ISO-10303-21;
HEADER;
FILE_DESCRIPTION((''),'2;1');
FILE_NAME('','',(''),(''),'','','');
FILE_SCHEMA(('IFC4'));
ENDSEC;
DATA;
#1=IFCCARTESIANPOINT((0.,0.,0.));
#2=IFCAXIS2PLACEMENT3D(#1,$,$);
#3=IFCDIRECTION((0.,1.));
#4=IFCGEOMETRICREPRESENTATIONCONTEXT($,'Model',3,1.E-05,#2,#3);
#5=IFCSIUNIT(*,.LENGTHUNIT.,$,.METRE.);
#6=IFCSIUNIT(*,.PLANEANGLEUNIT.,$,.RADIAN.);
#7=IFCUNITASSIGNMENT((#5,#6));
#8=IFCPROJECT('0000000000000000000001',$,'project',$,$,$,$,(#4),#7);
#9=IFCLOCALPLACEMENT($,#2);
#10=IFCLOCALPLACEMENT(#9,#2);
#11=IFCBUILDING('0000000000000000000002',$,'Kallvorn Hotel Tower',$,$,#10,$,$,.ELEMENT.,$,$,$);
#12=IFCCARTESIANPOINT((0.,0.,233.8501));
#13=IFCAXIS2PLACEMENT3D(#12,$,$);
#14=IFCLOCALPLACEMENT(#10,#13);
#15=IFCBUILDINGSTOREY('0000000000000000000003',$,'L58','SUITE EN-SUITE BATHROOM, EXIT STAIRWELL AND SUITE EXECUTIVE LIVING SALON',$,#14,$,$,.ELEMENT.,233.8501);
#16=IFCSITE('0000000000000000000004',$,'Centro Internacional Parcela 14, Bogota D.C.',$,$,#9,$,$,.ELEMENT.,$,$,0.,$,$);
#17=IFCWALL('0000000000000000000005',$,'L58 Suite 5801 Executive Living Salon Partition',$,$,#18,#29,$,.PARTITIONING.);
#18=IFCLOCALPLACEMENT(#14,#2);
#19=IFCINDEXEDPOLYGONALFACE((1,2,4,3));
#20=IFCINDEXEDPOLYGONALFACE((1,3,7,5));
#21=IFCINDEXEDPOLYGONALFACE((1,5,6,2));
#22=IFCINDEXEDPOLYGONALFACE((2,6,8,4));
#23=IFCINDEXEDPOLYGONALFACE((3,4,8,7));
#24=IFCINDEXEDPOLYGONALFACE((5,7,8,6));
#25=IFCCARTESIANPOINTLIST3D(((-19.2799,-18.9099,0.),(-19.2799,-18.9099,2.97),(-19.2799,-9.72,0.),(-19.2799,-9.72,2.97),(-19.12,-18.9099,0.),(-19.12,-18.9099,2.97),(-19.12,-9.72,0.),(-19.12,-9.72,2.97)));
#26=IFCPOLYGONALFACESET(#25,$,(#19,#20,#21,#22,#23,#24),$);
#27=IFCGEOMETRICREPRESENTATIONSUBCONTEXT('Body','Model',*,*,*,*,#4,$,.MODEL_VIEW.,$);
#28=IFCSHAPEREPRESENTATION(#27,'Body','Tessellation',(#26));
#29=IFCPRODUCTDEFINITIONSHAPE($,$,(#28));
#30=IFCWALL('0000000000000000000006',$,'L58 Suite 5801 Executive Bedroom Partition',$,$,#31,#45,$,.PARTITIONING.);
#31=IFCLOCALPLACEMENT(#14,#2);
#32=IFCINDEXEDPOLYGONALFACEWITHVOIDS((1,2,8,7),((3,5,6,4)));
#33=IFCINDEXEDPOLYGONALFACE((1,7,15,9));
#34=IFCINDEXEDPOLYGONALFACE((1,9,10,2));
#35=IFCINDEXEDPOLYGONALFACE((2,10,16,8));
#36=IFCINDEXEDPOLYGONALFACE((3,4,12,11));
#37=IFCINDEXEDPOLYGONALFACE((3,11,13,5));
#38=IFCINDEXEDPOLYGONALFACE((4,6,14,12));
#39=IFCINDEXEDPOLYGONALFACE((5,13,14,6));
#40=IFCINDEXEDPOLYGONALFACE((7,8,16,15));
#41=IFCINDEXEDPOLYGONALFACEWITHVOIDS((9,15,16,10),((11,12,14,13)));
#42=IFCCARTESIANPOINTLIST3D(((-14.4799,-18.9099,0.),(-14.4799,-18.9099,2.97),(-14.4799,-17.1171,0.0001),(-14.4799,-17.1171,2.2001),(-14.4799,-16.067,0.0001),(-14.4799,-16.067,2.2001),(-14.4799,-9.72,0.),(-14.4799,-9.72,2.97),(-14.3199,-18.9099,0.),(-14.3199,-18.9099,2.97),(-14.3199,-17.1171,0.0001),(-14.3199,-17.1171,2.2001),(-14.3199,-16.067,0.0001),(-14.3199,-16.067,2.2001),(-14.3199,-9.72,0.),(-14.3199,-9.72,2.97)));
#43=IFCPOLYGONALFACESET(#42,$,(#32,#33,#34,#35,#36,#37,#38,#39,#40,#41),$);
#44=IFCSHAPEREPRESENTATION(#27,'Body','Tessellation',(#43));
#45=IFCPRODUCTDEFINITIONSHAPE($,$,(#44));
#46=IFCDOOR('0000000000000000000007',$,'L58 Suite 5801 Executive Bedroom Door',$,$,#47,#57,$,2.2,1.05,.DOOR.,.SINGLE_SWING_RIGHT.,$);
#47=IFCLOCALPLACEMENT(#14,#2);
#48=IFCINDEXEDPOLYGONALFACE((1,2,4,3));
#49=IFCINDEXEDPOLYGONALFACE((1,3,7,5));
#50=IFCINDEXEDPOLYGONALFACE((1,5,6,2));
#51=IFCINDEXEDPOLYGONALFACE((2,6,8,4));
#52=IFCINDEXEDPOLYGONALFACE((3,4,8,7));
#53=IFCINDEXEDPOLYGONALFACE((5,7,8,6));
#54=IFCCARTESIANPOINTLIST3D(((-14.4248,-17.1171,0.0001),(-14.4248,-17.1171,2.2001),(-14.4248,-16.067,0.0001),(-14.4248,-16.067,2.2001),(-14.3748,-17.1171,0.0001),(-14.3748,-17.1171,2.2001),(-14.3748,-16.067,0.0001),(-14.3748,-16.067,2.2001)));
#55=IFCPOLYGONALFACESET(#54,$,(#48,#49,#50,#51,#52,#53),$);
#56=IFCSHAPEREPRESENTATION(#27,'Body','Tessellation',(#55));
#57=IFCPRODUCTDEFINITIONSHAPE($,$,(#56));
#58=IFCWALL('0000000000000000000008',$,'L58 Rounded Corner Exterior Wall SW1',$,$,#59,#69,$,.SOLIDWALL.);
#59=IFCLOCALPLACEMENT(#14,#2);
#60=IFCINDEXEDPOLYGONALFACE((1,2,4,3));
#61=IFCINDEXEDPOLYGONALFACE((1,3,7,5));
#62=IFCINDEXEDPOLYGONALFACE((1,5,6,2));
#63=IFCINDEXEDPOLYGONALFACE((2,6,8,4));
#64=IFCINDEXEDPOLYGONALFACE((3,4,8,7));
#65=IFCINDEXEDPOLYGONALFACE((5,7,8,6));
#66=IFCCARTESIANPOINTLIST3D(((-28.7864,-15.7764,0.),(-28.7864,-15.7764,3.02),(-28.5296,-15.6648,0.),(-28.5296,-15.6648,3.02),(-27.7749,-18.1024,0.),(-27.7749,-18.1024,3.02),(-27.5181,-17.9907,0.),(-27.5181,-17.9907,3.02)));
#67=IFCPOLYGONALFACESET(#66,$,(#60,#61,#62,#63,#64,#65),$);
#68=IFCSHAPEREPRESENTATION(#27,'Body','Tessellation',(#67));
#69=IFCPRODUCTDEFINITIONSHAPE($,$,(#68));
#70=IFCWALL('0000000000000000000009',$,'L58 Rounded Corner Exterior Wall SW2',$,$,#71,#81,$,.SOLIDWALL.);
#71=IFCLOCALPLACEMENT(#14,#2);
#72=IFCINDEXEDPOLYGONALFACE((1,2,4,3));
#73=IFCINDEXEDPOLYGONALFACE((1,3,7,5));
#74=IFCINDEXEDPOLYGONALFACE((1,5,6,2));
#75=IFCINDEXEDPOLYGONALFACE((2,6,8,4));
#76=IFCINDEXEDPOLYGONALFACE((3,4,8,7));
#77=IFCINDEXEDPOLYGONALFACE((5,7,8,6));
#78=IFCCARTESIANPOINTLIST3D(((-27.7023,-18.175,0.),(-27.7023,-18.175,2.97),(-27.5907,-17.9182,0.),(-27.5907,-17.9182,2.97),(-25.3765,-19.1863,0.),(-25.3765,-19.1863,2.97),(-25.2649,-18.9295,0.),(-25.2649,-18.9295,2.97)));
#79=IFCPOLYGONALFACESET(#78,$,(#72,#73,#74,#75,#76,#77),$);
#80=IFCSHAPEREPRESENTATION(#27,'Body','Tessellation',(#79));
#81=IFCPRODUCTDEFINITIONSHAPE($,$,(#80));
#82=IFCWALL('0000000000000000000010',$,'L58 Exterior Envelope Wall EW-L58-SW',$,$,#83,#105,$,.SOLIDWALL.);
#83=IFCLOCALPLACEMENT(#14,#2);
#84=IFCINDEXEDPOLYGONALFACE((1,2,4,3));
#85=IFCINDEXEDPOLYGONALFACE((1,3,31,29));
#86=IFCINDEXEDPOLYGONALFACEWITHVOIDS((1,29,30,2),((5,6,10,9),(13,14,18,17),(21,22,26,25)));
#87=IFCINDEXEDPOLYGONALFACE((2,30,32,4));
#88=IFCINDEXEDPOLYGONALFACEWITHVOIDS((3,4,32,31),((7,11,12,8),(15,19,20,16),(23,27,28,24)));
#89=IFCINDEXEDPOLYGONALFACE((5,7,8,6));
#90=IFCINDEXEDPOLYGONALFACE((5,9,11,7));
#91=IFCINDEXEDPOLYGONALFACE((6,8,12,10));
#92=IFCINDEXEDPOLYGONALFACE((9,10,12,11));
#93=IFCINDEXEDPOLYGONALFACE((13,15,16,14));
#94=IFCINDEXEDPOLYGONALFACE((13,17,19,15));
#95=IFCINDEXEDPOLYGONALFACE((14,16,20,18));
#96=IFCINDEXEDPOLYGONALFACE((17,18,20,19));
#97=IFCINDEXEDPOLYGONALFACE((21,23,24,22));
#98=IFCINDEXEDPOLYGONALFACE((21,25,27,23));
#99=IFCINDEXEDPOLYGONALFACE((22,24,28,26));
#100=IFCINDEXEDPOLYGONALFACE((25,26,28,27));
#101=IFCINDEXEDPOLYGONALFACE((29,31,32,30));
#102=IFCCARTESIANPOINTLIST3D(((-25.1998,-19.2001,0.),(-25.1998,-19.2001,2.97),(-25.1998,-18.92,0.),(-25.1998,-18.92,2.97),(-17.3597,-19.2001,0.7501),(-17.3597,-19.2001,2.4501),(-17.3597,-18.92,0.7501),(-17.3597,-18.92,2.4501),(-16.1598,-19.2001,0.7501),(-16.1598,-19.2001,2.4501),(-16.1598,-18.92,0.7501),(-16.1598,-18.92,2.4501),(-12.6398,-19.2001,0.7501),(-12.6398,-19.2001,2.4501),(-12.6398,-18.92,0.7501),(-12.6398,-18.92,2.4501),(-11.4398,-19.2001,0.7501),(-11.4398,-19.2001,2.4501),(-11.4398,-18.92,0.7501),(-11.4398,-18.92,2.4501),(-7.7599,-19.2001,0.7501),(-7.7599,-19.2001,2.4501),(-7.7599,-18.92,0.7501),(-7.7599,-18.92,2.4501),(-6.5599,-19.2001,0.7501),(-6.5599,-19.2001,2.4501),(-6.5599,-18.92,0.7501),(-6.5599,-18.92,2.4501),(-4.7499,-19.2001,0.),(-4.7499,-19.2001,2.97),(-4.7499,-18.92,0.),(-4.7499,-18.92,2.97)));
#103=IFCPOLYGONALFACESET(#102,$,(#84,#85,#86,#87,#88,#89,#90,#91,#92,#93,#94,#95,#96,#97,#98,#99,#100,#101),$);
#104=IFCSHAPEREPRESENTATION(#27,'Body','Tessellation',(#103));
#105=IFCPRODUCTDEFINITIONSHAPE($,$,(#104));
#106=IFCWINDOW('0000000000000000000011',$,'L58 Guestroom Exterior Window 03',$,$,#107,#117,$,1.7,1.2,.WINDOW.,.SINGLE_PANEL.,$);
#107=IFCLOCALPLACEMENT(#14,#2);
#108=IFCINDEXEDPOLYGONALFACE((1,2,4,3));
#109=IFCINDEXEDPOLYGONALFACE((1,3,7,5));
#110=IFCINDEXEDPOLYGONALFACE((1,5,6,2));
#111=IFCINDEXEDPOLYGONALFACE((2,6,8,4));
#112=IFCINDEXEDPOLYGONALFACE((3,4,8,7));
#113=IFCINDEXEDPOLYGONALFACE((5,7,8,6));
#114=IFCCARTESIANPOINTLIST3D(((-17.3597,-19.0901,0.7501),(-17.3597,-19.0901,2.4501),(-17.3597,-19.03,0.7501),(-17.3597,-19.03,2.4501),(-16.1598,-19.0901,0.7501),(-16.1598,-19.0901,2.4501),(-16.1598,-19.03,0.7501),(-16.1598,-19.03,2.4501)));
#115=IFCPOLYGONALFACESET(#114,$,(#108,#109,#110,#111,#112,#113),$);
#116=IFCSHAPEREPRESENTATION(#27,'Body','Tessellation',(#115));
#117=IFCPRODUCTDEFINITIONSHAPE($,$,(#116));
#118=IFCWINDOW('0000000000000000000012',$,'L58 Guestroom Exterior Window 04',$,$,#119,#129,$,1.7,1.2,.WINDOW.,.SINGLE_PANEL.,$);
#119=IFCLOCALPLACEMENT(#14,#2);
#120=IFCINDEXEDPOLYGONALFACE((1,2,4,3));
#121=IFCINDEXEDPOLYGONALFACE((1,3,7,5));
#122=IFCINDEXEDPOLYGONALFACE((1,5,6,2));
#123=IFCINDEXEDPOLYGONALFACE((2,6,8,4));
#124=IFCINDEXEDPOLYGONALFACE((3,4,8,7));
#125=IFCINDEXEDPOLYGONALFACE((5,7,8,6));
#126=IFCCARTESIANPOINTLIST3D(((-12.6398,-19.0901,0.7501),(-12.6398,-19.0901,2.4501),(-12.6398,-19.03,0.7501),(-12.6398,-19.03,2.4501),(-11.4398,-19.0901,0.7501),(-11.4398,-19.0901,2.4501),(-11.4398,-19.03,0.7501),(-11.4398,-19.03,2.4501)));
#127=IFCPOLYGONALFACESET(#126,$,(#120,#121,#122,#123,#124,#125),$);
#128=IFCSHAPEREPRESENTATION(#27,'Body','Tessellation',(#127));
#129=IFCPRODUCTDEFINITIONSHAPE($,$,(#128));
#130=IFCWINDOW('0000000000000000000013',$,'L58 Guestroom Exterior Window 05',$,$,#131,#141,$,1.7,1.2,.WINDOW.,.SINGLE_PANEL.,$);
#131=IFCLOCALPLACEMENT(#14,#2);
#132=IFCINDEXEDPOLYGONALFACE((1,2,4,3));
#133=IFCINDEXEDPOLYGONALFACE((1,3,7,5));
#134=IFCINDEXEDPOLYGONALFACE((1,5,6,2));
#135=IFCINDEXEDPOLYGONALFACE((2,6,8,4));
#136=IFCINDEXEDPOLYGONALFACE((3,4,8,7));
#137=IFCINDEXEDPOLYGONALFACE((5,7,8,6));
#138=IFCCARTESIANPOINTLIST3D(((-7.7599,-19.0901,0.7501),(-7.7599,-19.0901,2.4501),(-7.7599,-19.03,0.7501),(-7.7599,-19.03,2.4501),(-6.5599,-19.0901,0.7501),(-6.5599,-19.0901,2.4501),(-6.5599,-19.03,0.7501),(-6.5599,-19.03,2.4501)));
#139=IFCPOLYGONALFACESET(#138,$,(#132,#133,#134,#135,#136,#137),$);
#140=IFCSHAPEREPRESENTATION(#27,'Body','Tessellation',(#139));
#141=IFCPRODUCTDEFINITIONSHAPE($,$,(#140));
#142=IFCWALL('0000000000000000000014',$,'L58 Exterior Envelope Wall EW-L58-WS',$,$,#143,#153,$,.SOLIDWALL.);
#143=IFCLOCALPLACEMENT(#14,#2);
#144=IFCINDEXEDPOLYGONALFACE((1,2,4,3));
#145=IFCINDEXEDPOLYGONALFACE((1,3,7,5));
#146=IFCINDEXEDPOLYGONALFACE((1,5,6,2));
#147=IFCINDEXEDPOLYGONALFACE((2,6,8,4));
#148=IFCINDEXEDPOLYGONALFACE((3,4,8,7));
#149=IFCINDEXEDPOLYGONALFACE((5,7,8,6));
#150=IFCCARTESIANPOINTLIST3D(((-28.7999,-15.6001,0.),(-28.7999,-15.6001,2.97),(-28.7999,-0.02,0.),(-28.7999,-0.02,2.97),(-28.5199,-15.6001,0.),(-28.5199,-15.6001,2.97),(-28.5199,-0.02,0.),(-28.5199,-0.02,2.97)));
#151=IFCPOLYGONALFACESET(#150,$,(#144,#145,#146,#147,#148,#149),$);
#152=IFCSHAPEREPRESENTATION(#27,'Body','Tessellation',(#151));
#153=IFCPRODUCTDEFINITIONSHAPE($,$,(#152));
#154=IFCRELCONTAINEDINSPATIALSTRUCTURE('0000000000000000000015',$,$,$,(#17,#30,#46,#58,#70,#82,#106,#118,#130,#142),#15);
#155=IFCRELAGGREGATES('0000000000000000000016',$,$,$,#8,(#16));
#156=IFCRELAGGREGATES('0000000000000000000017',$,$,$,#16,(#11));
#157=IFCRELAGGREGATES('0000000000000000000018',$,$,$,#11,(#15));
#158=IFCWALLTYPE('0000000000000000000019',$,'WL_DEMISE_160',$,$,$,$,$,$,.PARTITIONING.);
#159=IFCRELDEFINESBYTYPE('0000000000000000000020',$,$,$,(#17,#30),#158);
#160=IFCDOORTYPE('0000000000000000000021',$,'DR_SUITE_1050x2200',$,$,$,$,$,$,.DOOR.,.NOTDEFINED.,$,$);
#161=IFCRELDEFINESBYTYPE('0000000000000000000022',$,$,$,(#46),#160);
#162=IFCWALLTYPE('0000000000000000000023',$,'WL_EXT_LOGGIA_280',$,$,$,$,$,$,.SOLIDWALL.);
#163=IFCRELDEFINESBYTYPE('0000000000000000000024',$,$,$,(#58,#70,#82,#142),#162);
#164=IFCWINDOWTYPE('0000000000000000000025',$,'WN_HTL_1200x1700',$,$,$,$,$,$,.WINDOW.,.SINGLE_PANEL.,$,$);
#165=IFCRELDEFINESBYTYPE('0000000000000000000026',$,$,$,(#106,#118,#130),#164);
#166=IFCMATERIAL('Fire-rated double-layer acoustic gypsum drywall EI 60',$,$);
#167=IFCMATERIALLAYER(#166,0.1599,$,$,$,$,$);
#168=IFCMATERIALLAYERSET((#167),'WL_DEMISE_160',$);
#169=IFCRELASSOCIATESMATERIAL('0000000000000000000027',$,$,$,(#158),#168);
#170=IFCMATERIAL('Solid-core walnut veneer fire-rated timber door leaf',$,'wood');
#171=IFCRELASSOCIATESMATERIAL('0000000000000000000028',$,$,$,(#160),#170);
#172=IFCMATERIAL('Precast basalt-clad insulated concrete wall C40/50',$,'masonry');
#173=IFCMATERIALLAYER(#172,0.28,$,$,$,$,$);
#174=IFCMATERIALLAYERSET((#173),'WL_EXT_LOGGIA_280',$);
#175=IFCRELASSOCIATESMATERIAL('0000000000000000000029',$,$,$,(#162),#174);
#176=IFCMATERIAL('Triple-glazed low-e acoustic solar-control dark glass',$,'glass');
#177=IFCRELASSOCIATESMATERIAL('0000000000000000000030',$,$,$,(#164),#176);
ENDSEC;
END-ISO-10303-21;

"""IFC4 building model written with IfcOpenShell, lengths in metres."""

from ifc_helpers import new_model, si_unit, direction, frame, frame_2d, origin, place, context, subcontext, project, spatial, rectangle, extrude, material, layer, layer_set, type_object, element, fill, save


model = new_model("IFC4")

# Units and contexts
model_context = context("Model", 3, precision=1e-05, world=origin(), true_north=direction((0.0, 1.0)))
body_context = subcontext(model_context, "Body", "Model", "MODEL_VIEW")
ifc_project = project(units=[si_unit("LENGTHUNIT", "METRE"), si_unit("PLANEANGLEUNIT", "RADIAN")], contexts=[model_context])

# Site, building, storey
site_placement = place(None, origin())
site = spatial("IfcSite", under=ifc_project, at=site_placement, Name="Centro Internacional Parcela 14, Bogota D.C.", CompositionType="ELEMENT", RefElevation=0.0)
building_placement = place(site_placement, origin())
building = spatial("IfcBuilding", under=site, at=building_placement, Name="Kallvorn Hotel Tower", CompositionType="ELEMENT")
storey_placement = place(building_placement, frame((0.0, 0.0, 233.8501)))
storey = spatial("IfcBuildingStorey", under=building, at=storey_placement, Name="L58", Description="SUITE EN-SUITE BATHROOM, EXIT STAIRWELL AND SUITE EXECUTIVE LIVING SALON", CompositionType="ELEMENT", Elevation=233.8501)

# Wall
ifc_material_1 = material(Name="Fire-rated double-layer acoustic gypsum drywall EI 60")
ifc_layer_1 = layer(ifc_material_1, 0.1599)
ifc_layer_set_1 = layer_set([ifc_layer_1], Name="WL_DEMISE_160")
wall_type_1 = type_object("IfcWallType", Name="WL_DEMISE_160", PredefinedType="PARTITIONING", material=ifc_layer_set_1)
wall_1_placement = place(storey_placement, frame((-19.2, -18.9099, 0.0), z_axis=(0.0, 0.0, 1.0), x_axis=(0.0, 1.0, 0.0)))
element("IfcWall", 1, at=wall_1_placement, inside=storey, type_object=wall_type_1, Name="L58 Suite 5801 Executive Living Salon Partition", PredefinedType="PARTITIONING", context=body_context, shape_type="SweptSolid", body=[
    extrude(rectangle(XDim=9.1899, YDim=0.1599, at=frame_2d((4.595, 0.0))), origin(), (0.0, 0.0, 1.0), 2.97),
])

# Wall, opening, door
wall_2_placement = place(storey_placement, frame((-14.3999, -18.9099, 0.0), z_axis=(0.0, 0.0, 1.0), x_axis=(0.0, 1.0, 0.0)))
wall_2 = element("IfcWall", 2, at=wall_2_placement, inside=storey, type_object=wall_type_1, Name="L58 Suite 5801 Executive Bedroom Partition", PredefinedType="PARTITIONING", context=body_context, shape_type="SweptSolid", body=[
    extrude(rectangle(XDim=9.1899, YDim=0.1599, at=frame_2d((4.595, 0.0))), origin(), (0.0, 0.0, 1.0), 2.97),
])
opening_1_placement = place(wall_2_placement, frame((1.793, 0.0, 0.0)))
opening_1 = element("IfcOpeningElement", 3, at=opening_1_placement, cuts=wall_2, PredefinedType="OPENING", context=body_context, shape_type="SweptSolid", body=[
    extrude(rectangle(XDim=1.05, YDim=2.2, at=frame_2d((0.5249, 1.1001))), frame((0.0, 0.095, 0.0), z_axis=(0.0, -1.0, 0.0), x_axis=(1.0, 0.0, 0.0)), (0.0, 0.0, 1.0), 0.1899),
])
ifc_material_2 = material(Name="Solid-core walnut veneer fire-rated timber door leaf", Category="wood")
door_type_1 = type_object("IfcDoorType", Name="DR_SUITE_1050x2200", OperationType="NOTDEFINED", PredefinedType="DOOR", material=ifc_material_2)
door_1_placement = place(opening_1_placement, origin())
door_1 = element("IfcDoor", 4, at=door_1_placement, inside=storey, type_object=door_type_1, Name="L58 Suite 5801 Executive Bedroom Door", OperationType="SINGLE_SWING_RIGHT", OverallHeight=2.2, OverallWidth=1.05, PredefinedType="DOOR", context=body_context, shape_type="SweptSolid", body=[
    extrude(rectangle(XDim=1.05, YDim=2.2, at=frame_2d((0.5249, 1.1001))), frame((0.0, 0.0249, 0.0), z_axis=(0.0, -1.0, 0.0), x_axis=(1.0, 0.0, 0.0)), (0.0, 0.0, 1.0), 0.05),
])
fill(opening_1, door_1)

# Walls
ifc_material_3 = material(Name="Precast basalt-clad insulated concrete wall C40/50", Category="masonry")
ifc_layer_2 = layer(ifc_material_3, 0.28)
ifc_layer_set_2 = layer_set([ifc_layer_2], Name="WL_EXT_LOGGIA_280")
wall_type_2 = type_object("IfcWallType", Name="WL_EXT_LOGGIA_280", PredefinedType="SOLIDWALL", material=ifc_layer_set_2)
wall_3_placement = place(storey_placement, frame((-28.658, -15.7207, 0.0), z_axis=(0.0, 0.0, 1.0), x_axis=(0.398793, -0.917041, 0.0)))
element("IfcWall", 5, at=wall_3_placement, inside=storey, type_object=wall_type_2, Name="L58 Rounded Corner Exterior Wall SW1", PredefinedType="SOLIDWALL", context=body_context, shape_type="SweptSolid", body=[
    extrude(rectangle(XDim=2.5364, YDim=0.28, at=frame_2d((1.2681, 0.0))), origin(), (0.0, 0.0, 1.0), 3.02),
])
wall_4_placement = place(storey_placement, frame((-27.6465, -18.0466, 0.0), z_axis=(0.0, 0.0, 1.0), x_axis=(0.917061, -0.398747, 0.0)))
element("IfcWall", 6, at=wall_4_placement, inside=storey, type_object=wall_type_2, Name="L58 Rounded Corner Exterior Wall SW2", PredefinedType="SOLIDWALL", context=body_context, shape_type="SweptSolid", body=[
    extrude(rectangle(XDim=2.5361, YDim=0.28, at=frame_2d((1.2681, 0.0))), origin(), (0.0, 0.0, 1.0), 2.97),
])

# Wall, openings, windows
wall_5_placement = place(storey_placement, frame((-25.2, -19.0601, 0.0), z_axis=(0.0, 0.0, 1.0), x_axis=(1.0, 0.0, 0.0)))
wall_5 = element("IfcWall", 7, at=wall_5_placement, inside=storey, type_object=wall_type_2, Name="L58 Exterior Envelope Wall EW-L58-SW", PredefinedType="SOLIDWALL", context=body_context, shape_type="SweptSolid", body=[
    extrude(rectangle(XDim=20.45, YDim=0.28, at=frame_2d((10.2251, 0.0))), origin(), (0.0, 0.0, 1.0), 2.97),
])
opening_2_placement = place(wall_5_placement, frame((7.8401, 0.0, 0.75)))
opening_2 = element("IfcOpeningElement", 8, at=opening_2_placement, cuts=wall_5, PredefinedType="OPENING", context=body_context, shape_type="SweptSolid", body=[
    extrude(rectangle(XDim=1.2, YDim=1.7, at=frame_2d((0.6001, 0.8501))), frame((0.0, 0.155, 0.0), z_axis=(0.0, -1.0, 0.0), x_axis=(1.0, 0.0, 0.0)), (0.0, 0.0, 1.0), 0.3101),
])
opening_3_placement = place(wall_5_placement, frame((12.5601, 0.0, 0.75)))
opening_3 = element("IfcOpeningElement", 9, at=opening_3_placement, cuts=wall_5, PredefinedType="OPENING", context=body_context, shape_type="SweptSolid", body=[
    extrude(rectangle(XDim=1.2, YDim=1.7, at=frame_2d((0.6001, 0.8501))), frame((0.0, 0.155, 0.0), z_axis=(0.0, -1.0, 0.0), x_axis=(1.0, 0.0, 0.0)), (0.0, 0.0, 1.0), 0.3101),
])
opening_4_placement = place(wall_5_placement, frame((17.4399, 0.0, 0.75)))
opening_4 = element("IfcOpeningElement", 10, at=opening_4_placement, cuts=wall_5, PredefinedType="OPENING", context=body_context, shape_type="SweptSolid", body=[
    extrude(rectangle(XDim=1.2, YDim=1.7, at=frame_2d((0.6001, 0.8501))), frame((0.0, 0.155, 0.0), z_axis=(0.0, -1.0, 0.0), x_axis=(1.0, 0.0, 0.0)), (0.0, 0.0, 1.0), 0.3101),
])
ifc_material_4 = material(Name="Triple-glazed low-e acoustic solar-control dark glass", Category="glass")
window_type = type_object("IfcWindowType", Name="WN_HTL_1200x1700", PartitioningType="SINGLE_PANEL", PredefinedType="WINDOW", material=ifc_material_4)
window_1_placement = place(opening_2_placement, origin())
window_1 = element("IfcWindow", 11, at=window_1_placement, inside=storey, type_object=window_type, Name="L58 Guestroom Exterior Window 03", OverallHeight=1.7, OverallWidth=1.2, PartitioningType="SINGLE_PANEL", PredefinedType="WINDOW", context=body_context, shape_type="SweptSolid", body=[
    extrude(rectangle(XDim=1.2, YDim=1.7, at=frame_2d((0.6001, 0.8501))), frame((0.0, 0.03, 0.0), z_axis=(0.0, -1.0, 0.0), x_axis=(1.0, 0.0, 0.0)), (0.0, 0.0, 1.0), 0.0601),
])
fill(opening_2, window_1)
window_2_placement = place(opening_3_placement, origin())
window_2 = element("IfcWindow", 12, at=window_2_placement, inside=storey, type_object=window_type, Name="L58 Guestroom Exterior Window 04", OverallHeight=1.7, OverallWidth=1.2, PartitioningType="SINGLE_PANEL", PredefinedType="WINDOW", context=body_context, shape_type="SweptSolid", body=[
    extrude(rectangle(XDim=1.2, YDim=1.7, at=frame_2d((0.6001, 0.8501))), frame((0.0, 0.03, 0.0), z_axis=(0.0, -1.0, 0.0), x_axis=(1.0, 0.0, 0.0)), (0.0, 0.0, 1.0), 0.0601),
])
fill(opening_3, window_2)
window_3_placement = place(opening_4_placement, origin())
window_3 = element("IfcWindow", 13, at=window_3_placement, inside=storey, type_object=window_type, Name="L58 Guestroom Exterior Window 05", OverallHeight=1.7, OverallWidth=1.2, PartitioningType="SINGLE_PANEL", PredefinedType="WINDOW", context=body_context, shape_type="SweptSolid", body=[
    extrude(rectangle(XDim=1.2, YDim=1.7, at=frame_2d((0.6001, 0.8501))), frame((0.0, 0.03, 0.0), z_axis=(0.0, -1.0, 0.0), x_axis=(1.0, 0.0, 0.0)), (0.0, 0.0, 1.0), 0.0601),
])
fill(opening_4, window_3)

# Wall
wall_6_placement = place(storey_placement, frame((-28.6599, -15.6001, 0.0), z_axis=(0.0, 0.0, 1.0), x_axis=(0.0, 1.0, 0.0)))
element("IfcWall", 14, at=wall_6_placement, inside=storey, type_object=wall_type_2, Name="L58 Exterior Envelope Wall EW-L58-WS", PredefinedType="SOLIDWALL", context=body_context, shape_type="SweptSolid", body=[
    extrude(rectangle(XDim=15.5801, YDim=0.28, at=frame_2d((7.79, 0.0))), origin(), (0.0, 0.0, 1.0), 2.97),
])

save(model, "model.ifc")
